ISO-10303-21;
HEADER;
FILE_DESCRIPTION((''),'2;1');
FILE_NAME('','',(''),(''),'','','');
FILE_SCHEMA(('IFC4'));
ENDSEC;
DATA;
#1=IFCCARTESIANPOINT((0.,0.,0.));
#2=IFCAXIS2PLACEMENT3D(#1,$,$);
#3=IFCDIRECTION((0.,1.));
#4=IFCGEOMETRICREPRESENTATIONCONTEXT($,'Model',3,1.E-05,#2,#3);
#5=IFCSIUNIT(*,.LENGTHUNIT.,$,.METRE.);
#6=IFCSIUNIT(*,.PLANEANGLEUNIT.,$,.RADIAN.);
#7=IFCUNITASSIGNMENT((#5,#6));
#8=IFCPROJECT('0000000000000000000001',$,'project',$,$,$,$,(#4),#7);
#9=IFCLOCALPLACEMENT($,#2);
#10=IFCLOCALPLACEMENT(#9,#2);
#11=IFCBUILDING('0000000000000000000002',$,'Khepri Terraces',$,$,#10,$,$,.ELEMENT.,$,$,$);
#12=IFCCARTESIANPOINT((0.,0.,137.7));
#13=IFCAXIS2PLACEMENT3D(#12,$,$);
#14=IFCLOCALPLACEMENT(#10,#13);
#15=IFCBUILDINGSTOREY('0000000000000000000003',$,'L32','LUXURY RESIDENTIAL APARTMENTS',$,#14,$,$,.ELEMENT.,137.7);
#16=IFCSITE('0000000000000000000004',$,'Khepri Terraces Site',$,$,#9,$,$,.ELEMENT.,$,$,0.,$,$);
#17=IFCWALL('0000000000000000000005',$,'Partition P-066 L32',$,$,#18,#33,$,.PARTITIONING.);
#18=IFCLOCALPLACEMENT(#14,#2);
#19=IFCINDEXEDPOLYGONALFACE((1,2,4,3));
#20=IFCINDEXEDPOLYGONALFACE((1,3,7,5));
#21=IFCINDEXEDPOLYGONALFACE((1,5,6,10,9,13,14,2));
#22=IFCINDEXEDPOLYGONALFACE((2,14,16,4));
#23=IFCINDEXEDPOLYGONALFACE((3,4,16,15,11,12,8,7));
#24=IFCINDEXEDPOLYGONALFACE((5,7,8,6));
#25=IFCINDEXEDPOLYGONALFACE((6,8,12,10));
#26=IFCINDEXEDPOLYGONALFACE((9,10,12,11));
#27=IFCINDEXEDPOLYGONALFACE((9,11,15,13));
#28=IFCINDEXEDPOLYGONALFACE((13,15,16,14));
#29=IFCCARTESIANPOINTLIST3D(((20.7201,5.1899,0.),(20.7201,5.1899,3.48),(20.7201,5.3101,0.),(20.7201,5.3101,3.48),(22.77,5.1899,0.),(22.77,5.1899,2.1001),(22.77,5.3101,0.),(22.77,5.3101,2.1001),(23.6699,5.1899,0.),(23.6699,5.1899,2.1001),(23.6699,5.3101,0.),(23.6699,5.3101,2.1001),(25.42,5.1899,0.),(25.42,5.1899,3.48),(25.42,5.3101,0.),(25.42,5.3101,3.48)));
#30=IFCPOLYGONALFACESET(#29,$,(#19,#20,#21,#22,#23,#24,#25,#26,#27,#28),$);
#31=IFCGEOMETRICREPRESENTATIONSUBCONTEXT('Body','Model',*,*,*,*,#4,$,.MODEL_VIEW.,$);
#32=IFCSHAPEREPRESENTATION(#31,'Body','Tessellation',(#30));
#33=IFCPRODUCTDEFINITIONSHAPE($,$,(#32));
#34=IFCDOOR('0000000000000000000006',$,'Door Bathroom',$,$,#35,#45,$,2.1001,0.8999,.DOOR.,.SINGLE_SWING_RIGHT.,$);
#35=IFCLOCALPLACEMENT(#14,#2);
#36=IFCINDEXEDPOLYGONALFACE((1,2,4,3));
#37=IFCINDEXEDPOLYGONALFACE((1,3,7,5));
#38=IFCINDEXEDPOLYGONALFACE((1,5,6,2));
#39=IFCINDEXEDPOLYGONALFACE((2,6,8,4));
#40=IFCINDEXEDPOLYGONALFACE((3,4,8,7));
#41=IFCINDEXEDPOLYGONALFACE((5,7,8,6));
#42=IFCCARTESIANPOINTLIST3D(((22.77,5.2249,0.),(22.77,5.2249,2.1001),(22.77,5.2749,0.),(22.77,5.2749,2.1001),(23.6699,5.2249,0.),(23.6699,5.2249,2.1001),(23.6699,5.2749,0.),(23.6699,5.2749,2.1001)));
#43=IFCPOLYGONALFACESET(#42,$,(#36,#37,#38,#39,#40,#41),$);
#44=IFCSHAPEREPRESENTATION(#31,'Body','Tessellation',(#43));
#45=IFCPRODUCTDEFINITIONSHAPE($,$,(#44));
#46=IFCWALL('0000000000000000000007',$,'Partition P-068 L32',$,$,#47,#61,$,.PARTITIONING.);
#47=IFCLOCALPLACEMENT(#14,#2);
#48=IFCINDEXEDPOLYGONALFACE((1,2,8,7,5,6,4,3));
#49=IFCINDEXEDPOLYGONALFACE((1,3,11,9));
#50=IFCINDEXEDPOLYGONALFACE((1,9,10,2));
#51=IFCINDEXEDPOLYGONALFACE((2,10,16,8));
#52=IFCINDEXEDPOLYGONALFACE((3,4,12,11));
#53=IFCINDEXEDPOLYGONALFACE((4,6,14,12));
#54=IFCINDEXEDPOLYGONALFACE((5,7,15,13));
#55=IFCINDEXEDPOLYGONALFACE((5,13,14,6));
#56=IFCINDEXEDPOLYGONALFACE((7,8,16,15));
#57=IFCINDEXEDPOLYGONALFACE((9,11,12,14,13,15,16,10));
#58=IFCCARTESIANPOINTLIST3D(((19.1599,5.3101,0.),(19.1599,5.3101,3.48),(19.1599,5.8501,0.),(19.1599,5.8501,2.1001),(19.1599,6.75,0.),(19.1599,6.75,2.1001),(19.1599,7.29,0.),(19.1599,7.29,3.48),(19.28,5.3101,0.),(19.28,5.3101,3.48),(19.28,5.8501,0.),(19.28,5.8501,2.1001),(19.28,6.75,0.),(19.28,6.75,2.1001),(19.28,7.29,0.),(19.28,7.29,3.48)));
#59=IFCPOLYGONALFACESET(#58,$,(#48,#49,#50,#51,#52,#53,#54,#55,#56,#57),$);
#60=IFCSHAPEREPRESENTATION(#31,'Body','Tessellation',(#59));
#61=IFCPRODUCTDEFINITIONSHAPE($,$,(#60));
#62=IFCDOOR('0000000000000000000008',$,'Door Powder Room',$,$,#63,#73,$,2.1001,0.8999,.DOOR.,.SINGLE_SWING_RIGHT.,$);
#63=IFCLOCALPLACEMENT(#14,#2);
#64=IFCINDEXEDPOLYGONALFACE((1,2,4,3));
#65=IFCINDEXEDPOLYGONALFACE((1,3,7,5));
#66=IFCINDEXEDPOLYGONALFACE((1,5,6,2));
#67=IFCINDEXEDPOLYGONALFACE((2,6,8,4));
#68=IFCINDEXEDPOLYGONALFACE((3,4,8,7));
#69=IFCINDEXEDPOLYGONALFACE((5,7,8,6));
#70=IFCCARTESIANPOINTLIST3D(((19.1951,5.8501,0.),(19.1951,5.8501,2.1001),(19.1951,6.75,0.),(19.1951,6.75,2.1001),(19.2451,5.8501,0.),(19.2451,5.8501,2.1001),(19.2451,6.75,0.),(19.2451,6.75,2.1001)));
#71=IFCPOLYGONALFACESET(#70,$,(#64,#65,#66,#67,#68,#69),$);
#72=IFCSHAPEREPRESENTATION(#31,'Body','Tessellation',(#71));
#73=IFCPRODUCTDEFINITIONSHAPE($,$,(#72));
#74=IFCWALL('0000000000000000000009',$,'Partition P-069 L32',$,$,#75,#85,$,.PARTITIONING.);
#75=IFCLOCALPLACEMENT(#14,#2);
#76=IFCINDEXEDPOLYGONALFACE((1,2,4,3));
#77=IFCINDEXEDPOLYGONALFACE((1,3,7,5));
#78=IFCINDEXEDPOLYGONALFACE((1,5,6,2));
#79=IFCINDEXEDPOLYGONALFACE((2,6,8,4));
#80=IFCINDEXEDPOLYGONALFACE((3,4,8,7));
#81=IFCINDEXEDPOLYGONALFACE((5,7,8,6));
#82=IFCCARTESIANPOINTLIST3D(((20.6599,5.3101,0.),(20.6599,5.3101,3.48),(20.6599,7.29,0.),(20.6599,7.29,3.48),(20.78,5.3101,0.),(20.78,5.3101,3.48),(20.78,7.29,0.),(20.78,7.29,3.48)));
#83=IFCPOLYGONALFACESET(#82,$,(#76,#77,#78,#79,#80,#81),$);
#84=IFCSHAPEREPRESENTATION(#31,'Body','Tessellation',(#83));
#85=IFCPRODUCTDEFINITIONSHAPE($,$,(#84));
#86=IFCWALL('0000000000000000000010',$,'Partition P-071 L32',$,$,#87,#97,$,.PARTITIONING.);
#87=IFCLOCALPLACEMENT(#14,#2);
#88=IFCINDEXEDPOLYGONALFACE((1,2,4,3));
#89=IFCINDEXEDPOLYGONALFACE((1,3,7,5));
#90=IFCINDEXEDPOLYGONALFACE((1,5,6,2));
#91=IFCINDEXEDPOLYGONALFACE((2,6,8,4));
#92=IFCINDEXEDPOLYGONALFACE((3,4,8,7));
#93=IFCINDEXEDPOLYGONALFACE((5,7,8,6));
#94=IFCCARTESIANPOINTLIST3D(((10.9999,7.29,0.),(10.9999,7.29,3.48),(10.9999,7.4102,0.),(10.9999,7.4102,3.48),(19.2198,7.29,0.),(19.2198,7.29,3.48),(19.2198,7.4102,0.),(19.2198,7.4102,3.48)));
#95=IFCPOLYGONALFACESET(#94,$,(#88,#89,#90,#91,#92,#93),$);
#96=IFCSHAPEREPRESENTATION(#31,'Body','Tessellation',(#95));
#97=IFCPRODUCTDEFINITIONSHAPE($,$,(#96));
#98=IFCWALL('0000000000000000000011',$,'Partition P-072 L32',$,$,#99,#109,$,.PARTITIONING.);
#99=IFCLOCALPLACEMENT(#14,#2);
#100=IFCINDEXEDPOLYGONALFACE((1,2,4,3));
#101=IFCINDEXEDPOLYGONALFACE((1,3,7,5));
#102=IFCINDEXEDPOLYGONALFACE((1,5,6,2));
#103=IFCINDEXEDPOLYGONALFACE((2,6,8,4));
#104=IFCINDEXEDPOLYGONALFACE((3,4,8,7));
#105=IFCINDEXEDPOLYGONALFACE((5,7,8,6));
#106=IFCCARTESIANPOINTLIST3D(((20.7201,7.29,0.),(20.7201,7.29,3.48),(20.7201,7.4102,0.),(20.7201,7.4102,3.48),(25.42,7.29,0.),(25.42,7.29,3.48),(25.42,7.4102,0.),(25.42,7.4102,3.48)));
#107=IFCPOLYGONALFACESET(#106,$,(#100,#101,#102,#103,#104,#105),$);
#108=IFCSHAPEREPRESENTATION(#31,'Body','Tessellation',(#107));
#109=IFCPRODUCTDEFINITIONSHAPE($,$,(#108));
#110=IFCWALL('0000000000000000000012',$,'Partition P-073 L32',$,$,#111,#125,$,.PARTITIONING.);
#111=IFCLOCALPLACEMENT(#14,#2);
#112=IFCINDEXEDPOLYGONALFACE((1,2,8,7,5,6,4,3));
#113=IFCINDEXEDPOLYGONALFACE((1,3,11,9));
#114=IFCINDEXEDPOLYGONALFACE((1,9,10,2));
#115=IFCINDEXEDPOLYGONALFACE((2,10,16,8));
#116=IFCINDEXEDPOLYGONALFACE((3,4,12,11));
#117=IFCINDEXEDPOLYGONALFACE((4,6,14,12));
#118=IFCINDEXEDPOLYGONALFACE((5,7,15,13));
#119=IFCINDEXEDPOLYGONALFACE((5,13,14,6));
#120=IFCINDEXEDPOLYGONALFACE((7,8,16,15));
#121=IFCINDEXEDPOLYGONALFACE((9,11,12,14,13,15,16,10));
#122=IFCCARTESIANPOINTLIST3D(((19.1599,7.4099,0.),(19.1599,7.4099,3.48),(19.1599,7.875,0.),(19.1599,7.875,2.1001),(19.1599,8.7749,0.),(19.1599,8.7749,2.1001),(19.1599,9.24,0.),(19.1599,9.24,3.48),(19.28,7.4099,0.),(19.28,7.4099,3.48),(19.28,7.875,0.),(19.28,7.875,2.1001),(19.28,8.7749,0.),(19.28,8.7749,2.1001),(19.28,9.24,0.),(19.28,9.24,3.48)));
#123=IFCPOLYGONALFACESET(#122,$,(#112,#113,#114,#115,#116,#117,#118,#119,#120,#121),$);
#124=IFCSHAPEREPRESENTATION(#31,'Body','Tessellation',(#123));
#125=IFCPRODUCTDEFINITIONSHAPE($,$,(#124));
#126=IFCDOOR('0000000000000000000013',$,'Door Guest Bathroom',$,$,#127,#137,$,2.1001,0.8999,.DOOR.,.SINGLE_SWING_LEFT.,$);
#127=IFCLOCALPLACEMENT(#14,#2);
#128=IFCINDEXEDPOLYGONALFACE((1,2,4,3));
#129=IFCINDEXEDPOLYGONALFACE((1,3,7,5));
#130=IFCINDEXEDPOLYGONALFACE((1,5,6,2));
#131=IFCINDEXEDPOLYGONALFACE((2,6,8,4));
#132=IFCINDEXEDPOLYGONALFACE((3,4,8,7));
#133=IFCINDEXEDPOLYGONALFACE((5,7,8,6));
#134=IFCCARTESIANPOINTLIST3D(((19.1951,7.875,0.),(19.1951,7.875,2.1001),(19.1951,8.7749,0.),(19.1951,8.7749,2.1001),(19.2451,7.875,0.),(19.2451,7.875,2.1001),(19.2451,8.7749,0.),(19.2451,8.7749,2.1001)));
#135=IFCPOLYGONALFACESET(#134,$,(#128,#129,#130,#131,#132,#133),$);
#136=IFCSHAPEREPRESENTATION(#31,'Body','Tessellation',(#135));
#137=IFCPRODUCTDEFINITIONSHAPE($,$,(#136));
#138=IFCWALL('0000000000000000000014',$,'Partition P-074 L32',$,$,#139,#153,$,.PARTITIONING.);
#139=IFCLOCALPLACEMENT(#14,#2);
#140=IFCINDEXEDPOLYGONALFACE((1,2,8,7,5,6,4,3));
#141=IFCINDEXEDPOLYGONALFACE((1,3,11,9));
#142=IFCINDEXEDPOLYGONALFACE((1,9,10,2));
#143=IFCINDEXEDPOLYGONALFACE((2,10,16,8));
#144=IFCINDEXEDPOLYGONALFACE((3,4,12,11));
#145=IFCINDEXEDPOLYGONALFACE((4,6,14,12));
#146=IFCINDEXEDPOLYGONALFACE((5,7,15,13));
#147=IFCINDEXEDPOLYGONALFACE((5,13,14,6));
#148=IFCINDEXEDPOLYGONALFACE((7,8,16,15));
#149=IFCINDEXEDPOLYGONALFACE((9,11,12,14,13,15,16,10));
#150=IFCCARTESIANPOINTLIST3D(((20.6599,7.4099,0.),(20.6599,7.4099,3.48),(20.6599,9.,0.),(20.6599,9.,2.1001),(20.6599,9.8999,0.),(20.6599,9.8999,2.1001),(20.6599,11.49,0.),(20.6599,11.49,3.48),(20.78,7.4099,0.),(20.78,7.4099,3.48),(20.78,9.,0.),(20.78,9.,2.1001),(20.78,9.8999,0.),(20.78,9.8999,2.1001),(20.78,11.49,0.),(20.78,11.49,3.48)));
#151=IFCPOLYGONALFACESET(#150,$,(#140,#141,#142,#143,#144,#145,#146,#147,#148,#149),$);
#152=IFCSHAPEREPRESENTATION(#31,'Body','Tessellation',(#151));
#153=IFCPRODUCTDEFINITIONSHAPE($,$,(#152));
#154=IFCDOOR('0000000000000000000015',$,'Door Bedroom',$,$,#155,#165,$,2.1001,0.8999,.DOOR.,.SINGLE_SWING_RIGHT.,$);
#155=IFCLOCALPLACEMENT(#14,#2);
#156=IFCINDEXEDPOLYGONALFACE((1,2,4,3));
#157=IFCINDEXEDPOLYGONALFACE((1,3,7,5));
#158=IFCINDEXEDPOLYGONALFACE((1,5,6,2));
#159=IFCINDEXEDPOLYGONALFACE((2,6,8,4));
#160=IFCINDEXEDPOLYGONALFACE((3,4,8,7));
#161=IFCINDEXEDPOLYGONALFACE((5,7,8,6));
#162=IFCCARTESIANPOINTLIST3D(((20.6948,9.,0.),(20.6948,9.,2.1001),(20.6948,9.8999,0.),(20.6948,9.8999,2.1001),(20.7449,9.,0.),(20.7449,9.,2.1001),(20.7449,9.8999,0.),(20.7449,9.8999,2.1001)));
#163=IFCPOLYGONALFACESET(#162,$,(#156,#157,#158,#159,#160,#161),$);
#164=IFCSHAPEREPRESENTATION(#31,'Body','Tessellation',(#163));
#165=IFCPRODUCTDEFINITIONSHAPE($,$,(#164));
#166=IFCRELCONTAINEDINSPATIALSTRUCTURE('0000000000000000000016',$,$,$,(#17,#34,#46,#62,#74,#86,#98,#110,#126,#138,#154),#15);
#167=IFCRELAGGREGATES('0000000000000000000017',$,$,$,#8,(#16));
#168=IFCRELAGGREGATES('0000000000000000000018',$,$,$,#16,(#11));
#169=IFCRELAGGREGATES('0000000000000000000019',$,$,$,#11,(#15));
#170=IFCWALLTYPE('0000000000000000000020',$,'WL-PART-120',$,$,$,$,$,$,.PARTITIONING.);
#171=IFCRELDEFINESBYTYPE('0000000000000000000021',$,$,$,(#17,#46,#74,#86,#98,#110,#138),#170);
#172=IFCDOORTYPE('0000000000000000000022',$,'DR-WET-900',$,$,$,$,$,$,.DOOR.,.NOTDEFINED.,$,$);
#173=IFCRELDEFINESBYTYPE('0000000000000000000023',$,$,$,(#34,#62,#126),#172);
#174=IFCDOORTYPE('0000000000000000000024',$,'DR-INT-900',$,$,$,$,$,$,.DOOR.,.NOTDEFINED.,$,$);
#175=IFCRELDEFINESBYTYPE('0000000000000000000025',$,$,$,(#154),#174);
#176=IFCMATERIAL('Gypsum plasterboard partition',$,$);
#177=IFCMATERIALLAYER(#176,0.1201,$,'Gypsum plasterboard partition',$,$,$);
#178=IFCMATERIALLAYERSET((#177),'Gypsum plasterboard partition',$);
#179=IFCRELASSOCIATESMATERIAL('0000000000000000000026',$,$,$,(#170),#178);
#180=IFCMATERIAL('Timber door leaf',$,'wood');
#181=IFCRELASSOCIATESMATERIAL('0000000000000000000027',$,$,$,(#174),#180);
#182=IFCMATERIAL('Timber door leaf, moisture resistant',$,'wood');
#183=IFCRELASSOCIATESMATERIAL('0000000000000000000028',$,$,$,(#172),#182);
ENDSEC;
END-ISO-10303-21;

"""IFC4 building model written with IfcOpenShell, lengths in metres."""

from ifc_helpers import new_model, si_unit, direction, frame, frame_2d, origin, place, context, subcontext, project, spatial, rectangle, extrude, material, layer, layer_set, type_object, element, fill, save


model = new_model("IFC4")

# Units and contexts
model_context = context("Model", 3, precision=1e-05, world=origin(), true_north=direction((0.0, 1.0)))
body_context = subcontext(model_context, "Body", "Model", "MODEL_VIEW")
ifc_project = project(units=[si_unit("LENGTHUNIT", "METRE"), si_unit("PLANEANGLEUNIT", "RADIAN")], contexts=[model_context])

# Site, building, storey
site_placement = place(None, origin())
site = spatial("IfcSite", under=ifc_project, at=site_placement, Name="Khepri Terraces Site", CompositionType="ELEMENT", RefElevation=0.0)
building_placement = place(site_placement, origin())
building = spatial("IfcBuilding", under=site, at=building_placement, Name="Khepri Terraces", CompositionType="ELEMENT")
storey_placement = place(building_placement, frame((0.0, 0.0, 137.7)))
storey = spatial("IfcBuildingStorey", under=building, at=storey_placement, Name="L32", Description="LUXURY RESIDENTIAL APARTMENTS", CompositionType="ELEMENT", Elevation=137.7)

# Shared definitions
ifc_material_1 = material(Name="Gypsum plasterboard partition")
ifc_layer_1 = layer(ifc_material_1, 0.1201, Name="Gypsum plasterboard partition")
ifc_layer_set_1 = layer_set([ifc_layer_1], Name="Gypsum plasterboard partition")
wall_type_1 = type_object("IfcWallType", Name="WL-PART-120", PredefinedType="PARTITIONING", material=ifc_layer_set_1)

# Shared definitions
ifc_material_2 = material(Name="Timber door leaf", Category="wood")
door_type_1 = type_object("IfcDoorType", Name="DR-INT-900", OperationType="NOTDEFINED", PredefinedType="DOOR", material=ifc_material_2)

# Walls, openings, doors
wall_1_placement = place(storey_placement, frame((20.72, 5.25, 0.0), z_axis=(0.0, 0.0, 1.0), x_axis=(1.0, 0.0, 0.0)))
wall_1 = element("IfcWall", 1, at=wall_1_placement, inside=storey, type_object=wall_type_1, Name="Partition P-066 L32", PredefinedType="PARTITIONING", context=body_context, shape_type="SweptSolid", body=[
    extrude(rectangle(XDim=4.7, YDim=0.1201, at=frame_2d((2.3501, 0.0))), origin(), (0.0, 0.0, 1.0), 3.48),
])
opening_1_placement = place(wall_1_placement, frame((2.05, 0.0, 0.0)))
opening_1 = element("IfcOpeningElement", 2, at=opening_1_placement, cuts=wall_1, PredefinedType="OPENING", context=body_context, shape_type="SweptSolid", body=[
    extrude(rectangle(XDim=0.8999, YDim=2.1001, at=frame_2d((0.45, 1.05))), frame((0.0, 0.0701, 0.0), z_axis=(0.0, -1.0, 0.0), x_axis=(1.0, 0.0, 0.0)), (0.0, 0.0, 1.0), 0.1401),
])
ifc_material_3 = material(Name="Timber door leaf, moisture resistant", Category="wood")
door_type_2 = type_object("IfcDoorType", Name="DR-WET-900", OperationType="NOTDEFINED", PredefinedType="DOOR", material=ifc_material_3)
door_1_placement = place(opening_1_placement, origin())
door_1 = element("IfcDoor", 3, at=door_1_placement, inside=storey, type_object=door_type_2, Name="Door Bathroom", OperationType="SINGLE_SWING_RIGHT", OverallHeight=2.1001, OverallWidth=0.8999, PredefinedType="DOOR", context=body_context, shape_type="SweptSolid", body=[
    extrude(rectangle(XDim=0.8999, YDim=2.1001, at=frame_2d((0.45, 1.05))), frame((0.0, 0.0249, 0.0), z_axis=(0.0, -1.0, 0.0), x_axis=(1.0, 0.0, 0.0)), (0.0, 0.0, 1.0), 0.05),
])
fill(opening_1, door_1)
wall_2_placement = place(storey_placement, frame((19.22, 5.3101, 0.0), z_axis=(0.0, 0.0, 1.0), x_axis=(0.0, 1.0, 0.0)))
wall_2 = element("IfcWall", 4, at=wall_2_placement, inside=storey, type_object=wall_type_1, Name="Partition P-068 L32", PredefinedType="PARTITIONING", context=body_context, shape_type="SweptSolid", body=[
    extrude(rectangle(XDim=1.98, YDim=0.1201, at=frame_2d((0.99, 0.0))), origin(), (0.0, 0.0, 1.0), 3.48),
])
opening_2_placement = place(wall_2_placement, frame((0.54, 0.0, 0.0)))
opening_2 = element("IfcOpeningElement", 5, at=opening_2_placement, cuts=wall_2, PredefinedType="OPENING", context=body_context, shape_type="SweptSolid", body=[
    extrude(rectangle(XDim=0.8999, YDim=2.1001, at=frame_2d((0.45, 1.05))), frame((0.0, 0.0701, 0.0), z_axis=(0.0, -1.0, 0.0), x_axis=(1.0, 0.0, 0.0)), (0.0, 0.0, 1.0), 0.1401),
])
door_2_placement = place(opening_2_placement, origin())
door_2 = element("IfcDoor", 6, at=door_2_placement, inside=storey, type_object=door_type_2, Name="Door Powder Room", OperationType="SINGLE_SWING_RIGHT", OverallHeight=2.1001, OverallWidth=0.8999, PredefinedType="DOOR", context=body_context, shape_type="SweptSolid", body=[
    extrude(rectangle(XDim=0.8999, YDim=2.1001, at=frame_2d((0.45, 1.05))), frame((0.0, 0.0249, 0.0), z_axis=(0.0, -1.0, 0.0), x_axis=(1.0, 0.0, 0.0)), (0.0, 0.0, 1.0), 0.05),
])
fill(opening_2, door_2)

# Walls
wall_3_placement = place(storey_placement, frame((20.72, 5.3101, 0.0), z_axis=(0.0, 0.0, 1.0), x_axis=(0.0, 1.0, 0.0)))
element("IfcWall", 7, at=wall_3_placement, inside=storey, type_object=wall_type_1, Name="Partition P-069 L32", PredefinedType="PARTITIONING", context=body_context, shape_type="SweptSolid", body=[
    extrude(rectangle(XDim=1.98, YDim=0.1201, at=frame_2d((0.99, 0.0))), origin(), (0.0, 0.0, 1.0), 3.48),
])
wall_4_placement = place(storey_placement, frame((11.0, 7.3501, 0.0), z_axis=(0.0, 0.0, 1.0), x_axis=(1.0, 0.0, 0.0)))
element("IfcWall", 8, at=wall_4_placement, inside=storey, type_object=wall_type_1, Name="Partition P-071 L32", PredefinedType="PARTITIONING", context=body_context, shape_type="SweptSolid", body=[
    extrude(rectangle(XDim=8.22, YDim=0.1201, at=frame_2d((4.1099, 0.0))), origin(), (0.0, 0.0, 1.0), 3.48),
])
wall_5_placement = place(storey_placement, frame((20.72, 7.3501, 0.0), z_axis=(0.0, 0.0, 1.0), x_axis=(1.0, 0.0, 0.0)))
element("IfcWall", 9, at=wall_5_placement, inside=storey, type_object=wall_type_1, Name="Partition P-072 L32", PredefinedType="PARTITIONING", context=body_context, shape_type="SweptSolid", body=[
    extrude(rectangle(XDim=4.7, YDim=0.1201, at=frame_2d((2.3501, 0.0))), origin(), (0.0, 0.0, 1.0), 3.48),
])

# Walls, openings, doors
wall_6_placement = place(storey_placement, frame((19.22, 7.4099, 0.0), z_axis=(0.0, 0.0, 1.0), x_axis=(0.0, 1.0, 0.0)))
wall_6 = element("IfcWall", 10, at=wall_6_placement, inside=storey, type_object=wall_type_1, Name="Partition P-073 L32", PredefinedType="PARTITIONING", context=body_context, shape_type="SweptSolid", body=[
    extrude(rectangle(XDim=1.8301, YDim=0.1201, at=frame_2d((0.915, 0.0))), origin(), (0.0, 0.0, 1.0), 3.48),
])
opening_3_placement = place(wall_6_placement, frame((0.4651, 0.0, 0.0)))
opening_3 = element("IfcOpeningElement", 11, at=opening_3_placement, cuts=wall_6, PredefinedType="OPENING", context=body_context, shape_type="SweptSolid", body=[
    extrude(rectangle(XDim=0.8999, YDim=2.1001, at=frame_2d((0.45, 1.05))), frame((0.0, 0.0701, 0.0), z_axis=(0.0, -1.0, 0.0), x_axis=(1.0, 0.0, 0.0)), (0.0, 0.0, 1.0), 0.1401),
])
door_3_placement = place(opening_3_placement, origin())
door_3 = element("IfcDoor", 12, at=door_3_placement, inside=storey, type_object=door_type_2, Name="Door Guest Bathroom", OperationType="SINGLE_SWING_LEFT", OverallHeight=2.1001, OverallWidth=0.8999, PredefinedType="DOOR", context=body_context, shape_type="SweptSolid", body=[
    extrude(rectangle(XDim=0.8999, YDim=2.1001, at=frame_2d((0.45, 1.05))), frame((0.0, 0.0249, 0.0), z_axis=(0.0, -1.0, 0.0), x_axis=(1.0, 0.0, 0.0)), (0.0, 0.0, 1.0), 0.05),
])
fill(opening_3, door_3)
wall_7_placement = place(storey_placement, frame((20.72, 7.4099, 0.0), z_axis=(0.0, 0.0, 1.0), x_axis=(0.0, 1.0, 0.0)))
wall_7 = element("IfcWall", 13, at=wall_7_placement, inside=storey, type_object=wall_type_1, Name="Partition P-074 L32", PredefinedType="PARTITIONING", context=body_context, shape_type="SweptSolid", body=[
    extrude(rectangle(XDim=4.0801, YDim=0.1201, at=frame_2d((2.04, 0.0))), origin(), (0.0, 0.0, 1.0), 3.48),
])
opening_4_placement = place(wall_7_placement, frame((1.5901, 0.0, 0.0)))
opening_4 = element("IfcOpeningElement", 14, at=opening_4_placement, cuts=wall_7, PredefinedType="OPENING", context=body_context, shape_type="SweptSolid", body=[
    extrude(rectangle(XDim=0.8999, YDim=2.1001, at=frame_2d((0.45, 1.05))), frame((0.0, 0.0701, 0.0), z_axis=(0.0, -1.0, 0.0), x_axis=(1.0, 0.0, 0.0)), (0.0, 0.0, 1.0), 0.1401),
])
door_4_placement = place(opening_4_placement, frame((0.8999, 0.0, 0.0), z_axis=(0.0, 0.0, 1.0), x_axis=(-1.0, 0.0, 0.0)))
door_4 = element("IfcDoor", 15, at=door_4_placement, inside=storey, type_object=door_type_1, Name="Door Bedroom", OperationType="SINGLE_SWING_RIGHT", OverallHeight=2.1001, OverallWidth=0.8999, PredefinedType="DOOR", context=body_context, shape_type="SweptSolid", body=[
    extrude(rectangle(XDim=0.8999, YDim=2.1001, at=frame_2d((0.45, 1.05))), frame((0.0, 0.0249, 0.0), z_axis=(0.0, -1.0, 0.0), x_axis=(1.0, 0.0, 0.0)), (0.0, 0.0, 1.0), 0.05),
])
fill(opening_4, door_4)

save(model, "model.ifc")
